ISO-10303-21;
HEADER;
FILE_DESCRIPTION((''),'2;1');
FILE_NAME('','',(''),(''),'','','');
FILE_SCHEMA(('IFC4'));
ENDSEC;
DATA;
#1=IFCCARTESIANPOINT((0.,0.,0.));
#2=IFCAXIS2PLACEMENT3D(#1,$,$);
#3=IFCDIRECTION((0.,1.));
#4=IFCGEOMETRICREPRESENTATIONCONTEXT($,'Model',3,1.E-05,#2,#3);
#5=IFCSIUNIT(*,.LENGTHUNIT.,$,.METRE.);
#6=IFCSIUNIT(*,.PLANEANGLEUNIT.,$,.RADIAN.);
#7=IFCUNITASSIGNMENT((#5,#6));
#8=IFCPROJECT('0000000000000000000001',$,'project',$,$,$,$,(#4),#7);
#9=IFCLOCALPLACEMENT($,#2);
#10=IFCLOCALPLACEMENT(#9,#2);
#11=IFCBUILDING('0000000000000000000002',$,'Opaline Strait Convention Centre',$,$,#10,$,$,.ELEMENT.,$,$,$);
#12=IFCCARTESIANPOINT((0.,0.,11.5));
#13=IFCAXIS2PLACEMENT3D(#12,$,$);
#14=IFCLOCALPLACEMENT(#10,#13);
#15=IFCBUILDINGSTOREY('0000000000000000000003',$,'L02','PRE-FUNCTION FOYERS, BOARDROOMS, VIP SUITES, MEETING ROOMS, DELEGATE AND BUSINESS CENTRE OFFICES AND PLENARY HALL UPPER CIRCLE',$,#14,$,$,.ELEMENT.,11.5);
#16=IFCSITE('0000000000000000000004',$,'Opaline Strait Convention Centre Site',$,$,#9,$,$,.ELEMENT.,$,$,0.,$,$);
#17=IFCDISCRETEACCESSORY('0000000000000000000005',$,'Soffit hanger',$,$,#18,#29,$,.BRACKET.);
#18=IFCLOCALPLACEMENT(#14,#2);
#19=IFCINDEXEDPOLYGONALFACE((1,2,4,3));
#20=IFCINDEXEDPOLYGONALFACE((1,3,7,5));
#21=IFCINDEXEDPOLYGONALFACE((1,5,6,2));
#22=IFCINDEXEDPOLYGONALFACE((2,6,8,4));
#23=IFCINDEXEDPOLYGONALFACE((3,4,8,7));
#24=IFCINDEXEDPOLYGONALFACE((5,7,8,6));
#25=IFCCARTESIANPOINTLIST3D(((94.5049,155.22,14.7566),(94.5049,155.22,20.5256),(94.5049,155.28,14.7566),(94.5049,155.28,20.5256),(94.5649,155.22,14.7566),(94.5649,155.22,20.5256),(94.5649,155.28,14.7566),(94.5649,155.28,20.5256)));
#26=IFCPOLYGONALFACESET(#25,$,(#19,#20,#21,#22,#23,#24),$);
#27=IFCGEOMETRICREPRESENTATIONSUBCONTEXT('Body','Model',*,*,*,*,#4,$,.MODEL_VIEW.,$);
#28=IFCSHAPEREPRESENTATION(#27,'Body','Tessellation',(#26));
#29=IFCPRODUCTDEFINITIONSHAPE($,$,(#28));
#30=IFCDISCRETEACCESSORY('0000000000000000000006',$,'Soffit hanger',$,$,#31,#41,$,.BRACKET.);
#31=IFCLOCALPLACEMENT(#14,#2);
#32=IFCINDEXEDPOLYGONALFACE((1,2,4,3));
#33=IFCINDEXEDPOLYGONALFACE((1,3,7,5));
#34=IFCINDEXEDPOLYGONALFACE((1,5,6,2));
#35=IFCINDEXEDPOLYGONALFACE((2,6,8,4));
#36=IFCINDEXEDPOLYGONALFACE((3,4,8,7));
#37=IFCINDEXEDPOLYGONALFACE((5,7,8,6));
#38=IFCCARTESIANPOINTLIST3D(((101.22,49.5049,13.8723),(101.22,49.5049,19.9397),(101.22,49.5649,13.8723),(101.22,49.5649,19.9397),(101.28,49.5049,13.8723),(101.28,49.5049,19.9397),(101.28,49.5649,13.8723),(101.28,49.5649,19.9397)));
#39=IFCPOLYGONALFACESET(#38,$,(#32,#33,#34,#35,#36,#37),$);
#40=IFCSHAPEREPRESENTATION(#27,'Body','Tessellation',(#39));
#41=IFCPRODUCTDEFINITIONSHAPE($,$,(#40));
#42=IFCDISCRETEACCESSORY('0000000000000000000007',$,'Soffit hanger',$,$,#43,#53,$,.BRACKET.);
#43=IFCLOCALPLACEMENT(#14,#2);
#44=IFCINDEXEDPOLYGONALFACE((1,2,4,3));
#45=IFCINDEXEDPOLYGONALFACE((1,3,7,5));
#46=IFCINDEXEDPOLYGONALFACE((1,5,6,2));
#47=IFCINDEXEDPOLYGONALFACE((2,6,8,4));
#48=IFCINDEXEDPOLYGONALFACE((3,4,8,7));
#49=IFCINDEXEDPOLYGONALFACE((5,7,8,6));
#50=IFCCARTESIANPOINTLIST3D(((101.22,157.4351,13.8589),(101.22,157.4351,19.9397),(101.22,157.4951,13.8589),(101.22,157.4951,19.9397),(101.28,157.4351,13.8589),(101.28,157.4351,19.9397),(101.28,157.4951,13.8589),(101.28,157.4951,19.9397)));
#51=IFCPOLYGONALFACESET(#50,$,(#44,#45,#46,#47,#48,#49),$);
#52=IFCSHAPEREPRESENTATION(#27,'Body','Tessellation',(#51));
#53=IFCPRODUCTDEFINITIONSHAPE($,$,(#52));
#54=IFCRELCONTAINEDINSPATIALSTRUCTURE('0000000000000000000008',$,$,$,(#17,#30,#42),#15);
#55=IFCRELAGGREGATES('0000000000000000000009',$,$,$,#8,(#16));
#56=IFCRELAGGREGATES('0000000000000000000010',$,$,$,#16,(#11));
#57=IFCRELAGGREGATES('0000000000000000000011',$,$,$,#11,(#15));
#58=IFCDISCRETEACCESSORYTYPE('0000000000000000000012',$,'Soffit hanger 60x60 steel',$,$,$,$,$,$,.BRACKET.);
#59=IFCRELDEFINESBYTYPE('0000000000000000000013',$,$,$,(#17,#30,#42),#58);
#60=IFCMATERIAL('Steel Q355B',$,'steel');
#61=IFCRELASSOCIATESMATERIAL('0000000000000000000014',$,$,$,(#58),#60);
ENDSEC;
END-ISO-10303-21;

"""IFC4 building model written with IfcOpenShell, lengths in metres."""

from ifc_helpers import new_model, si_unit, direction, frame, origin, place, context, subcontext, project, spatial, polyline, outline, extrude, material, type_object, element, save


model = new_model("IFC4")

# Units and contexts
model_context = context("Model", 3, precision=1e-05, world=origin(), true_north=direction((0.0, 1.0)))
body_context = subcontext(model_context, "Body", "Model", "MODEL_VIEW")
ifc_project = project(units=[si_unit("LENGTHUNIT", "METRE"), si_unit("PLANEANGLEUNIT", "RADIAN")], contexts=[model_context])

# Site, building, storey
site_placement = place(None, origin())
site = spatial("IfcSite", under=ifc_project, at=site_placement, Name="Opaline Strait Convention Centre Site", CompositionType="ELEMENT", RefElevation=0.0)
building_placement = place(site_placement, origin())
building = spatial("IfcBuilding", under=site, at=building_placement, Name="Opaline Strait Convention Centre", CompositionType="ELEMENT")
storey_placement = place(building_placement, frame((0.0, 0.0, 11.5)))
storey = spatial("IfcBuildingStorey", under=building, at=storey_placement, Name="L02", Description="PRE-FUNCTION FOYERS, BOARDROOMS, VIP SUITES, MEETING ROOMS, DELEGATE AND BUSINESS CENTRE OFFICES AND PLENARY HALL UPPER CIRCLE", CompositionType="ELEMENT", Elevation=11.5)

# Discrete accessories
ifc_material_1 = material(Name="Steel Q355B", Category="steel")
discrete_accessory_type_1 = type_object("IfcDiscreteAccessoryType", Name="Soffit hanger 60x60 steel", PredefinedType="BRACKET", material=ifc_material_1)
discrete_accessory_1_placement = place(storey_placement, frame((0.0, 0.0, 14.7566)))
element("IfcDiscreteAccessory", 1, at=discrete_accessory_1_placement, inside=storey, type_object=discrete_accessory_type_1, Name="Soffit hanger", PredefinedType="BRACKET", context=body_context, shape_type="SweptSolid", body=[
    extrude(outline(polyline([(94.5049, 155.22), (94.5649, 155.22), (94.5649, 155.28), (94.5049, 155.28), (94.5049, 155.22)])), origin(), (0.0, 0.0, 1.0), 5.769),
])
discrete_accessory_2_placement = place(storey_placement, frame((0.0, 0.0, 13.8723)))
element("IfcDiscreteAccessory", 2, at=discrete_accessory_2_placement, inside=storey, type_object=discrete_accessory_type_1, Name="Soffit hanger", PredefinedType="BRACKET", context=body_context, shape_type="SweptSolid", body=[
    extrude(outline(polyline([(101.22, 49.5049), (101.28, 49.5049), (101.28, 49.5649), (101.22, 49.5649), (101.22, 49.5049)])), origin(), (0.0, 0.0, 1.0), 6.0674),
])
discrete_accessory_3_placement = place(storey_placement, frame((0.0, 0.0, 13.8589)))
element("IfcDiscreteAccessory", 3, at=discrete_accessory_3_placement, inside=storey, type_object=discrete_accessory_type_1, Name="Soffit hanger", PredefinedType="BRACKET", context=body_context, shape_type="SweptSolid", body=[
    extrude(outline(polyline([(101.22, 157.4351), (101.28, 157.4351), (101.28, 157.4951), (101.22, 157.4951), (101.22, 157.4351)])), origin(), (0.0, 0.0, 1.0), 6.0808),
])

save(model, "model.ifc")
